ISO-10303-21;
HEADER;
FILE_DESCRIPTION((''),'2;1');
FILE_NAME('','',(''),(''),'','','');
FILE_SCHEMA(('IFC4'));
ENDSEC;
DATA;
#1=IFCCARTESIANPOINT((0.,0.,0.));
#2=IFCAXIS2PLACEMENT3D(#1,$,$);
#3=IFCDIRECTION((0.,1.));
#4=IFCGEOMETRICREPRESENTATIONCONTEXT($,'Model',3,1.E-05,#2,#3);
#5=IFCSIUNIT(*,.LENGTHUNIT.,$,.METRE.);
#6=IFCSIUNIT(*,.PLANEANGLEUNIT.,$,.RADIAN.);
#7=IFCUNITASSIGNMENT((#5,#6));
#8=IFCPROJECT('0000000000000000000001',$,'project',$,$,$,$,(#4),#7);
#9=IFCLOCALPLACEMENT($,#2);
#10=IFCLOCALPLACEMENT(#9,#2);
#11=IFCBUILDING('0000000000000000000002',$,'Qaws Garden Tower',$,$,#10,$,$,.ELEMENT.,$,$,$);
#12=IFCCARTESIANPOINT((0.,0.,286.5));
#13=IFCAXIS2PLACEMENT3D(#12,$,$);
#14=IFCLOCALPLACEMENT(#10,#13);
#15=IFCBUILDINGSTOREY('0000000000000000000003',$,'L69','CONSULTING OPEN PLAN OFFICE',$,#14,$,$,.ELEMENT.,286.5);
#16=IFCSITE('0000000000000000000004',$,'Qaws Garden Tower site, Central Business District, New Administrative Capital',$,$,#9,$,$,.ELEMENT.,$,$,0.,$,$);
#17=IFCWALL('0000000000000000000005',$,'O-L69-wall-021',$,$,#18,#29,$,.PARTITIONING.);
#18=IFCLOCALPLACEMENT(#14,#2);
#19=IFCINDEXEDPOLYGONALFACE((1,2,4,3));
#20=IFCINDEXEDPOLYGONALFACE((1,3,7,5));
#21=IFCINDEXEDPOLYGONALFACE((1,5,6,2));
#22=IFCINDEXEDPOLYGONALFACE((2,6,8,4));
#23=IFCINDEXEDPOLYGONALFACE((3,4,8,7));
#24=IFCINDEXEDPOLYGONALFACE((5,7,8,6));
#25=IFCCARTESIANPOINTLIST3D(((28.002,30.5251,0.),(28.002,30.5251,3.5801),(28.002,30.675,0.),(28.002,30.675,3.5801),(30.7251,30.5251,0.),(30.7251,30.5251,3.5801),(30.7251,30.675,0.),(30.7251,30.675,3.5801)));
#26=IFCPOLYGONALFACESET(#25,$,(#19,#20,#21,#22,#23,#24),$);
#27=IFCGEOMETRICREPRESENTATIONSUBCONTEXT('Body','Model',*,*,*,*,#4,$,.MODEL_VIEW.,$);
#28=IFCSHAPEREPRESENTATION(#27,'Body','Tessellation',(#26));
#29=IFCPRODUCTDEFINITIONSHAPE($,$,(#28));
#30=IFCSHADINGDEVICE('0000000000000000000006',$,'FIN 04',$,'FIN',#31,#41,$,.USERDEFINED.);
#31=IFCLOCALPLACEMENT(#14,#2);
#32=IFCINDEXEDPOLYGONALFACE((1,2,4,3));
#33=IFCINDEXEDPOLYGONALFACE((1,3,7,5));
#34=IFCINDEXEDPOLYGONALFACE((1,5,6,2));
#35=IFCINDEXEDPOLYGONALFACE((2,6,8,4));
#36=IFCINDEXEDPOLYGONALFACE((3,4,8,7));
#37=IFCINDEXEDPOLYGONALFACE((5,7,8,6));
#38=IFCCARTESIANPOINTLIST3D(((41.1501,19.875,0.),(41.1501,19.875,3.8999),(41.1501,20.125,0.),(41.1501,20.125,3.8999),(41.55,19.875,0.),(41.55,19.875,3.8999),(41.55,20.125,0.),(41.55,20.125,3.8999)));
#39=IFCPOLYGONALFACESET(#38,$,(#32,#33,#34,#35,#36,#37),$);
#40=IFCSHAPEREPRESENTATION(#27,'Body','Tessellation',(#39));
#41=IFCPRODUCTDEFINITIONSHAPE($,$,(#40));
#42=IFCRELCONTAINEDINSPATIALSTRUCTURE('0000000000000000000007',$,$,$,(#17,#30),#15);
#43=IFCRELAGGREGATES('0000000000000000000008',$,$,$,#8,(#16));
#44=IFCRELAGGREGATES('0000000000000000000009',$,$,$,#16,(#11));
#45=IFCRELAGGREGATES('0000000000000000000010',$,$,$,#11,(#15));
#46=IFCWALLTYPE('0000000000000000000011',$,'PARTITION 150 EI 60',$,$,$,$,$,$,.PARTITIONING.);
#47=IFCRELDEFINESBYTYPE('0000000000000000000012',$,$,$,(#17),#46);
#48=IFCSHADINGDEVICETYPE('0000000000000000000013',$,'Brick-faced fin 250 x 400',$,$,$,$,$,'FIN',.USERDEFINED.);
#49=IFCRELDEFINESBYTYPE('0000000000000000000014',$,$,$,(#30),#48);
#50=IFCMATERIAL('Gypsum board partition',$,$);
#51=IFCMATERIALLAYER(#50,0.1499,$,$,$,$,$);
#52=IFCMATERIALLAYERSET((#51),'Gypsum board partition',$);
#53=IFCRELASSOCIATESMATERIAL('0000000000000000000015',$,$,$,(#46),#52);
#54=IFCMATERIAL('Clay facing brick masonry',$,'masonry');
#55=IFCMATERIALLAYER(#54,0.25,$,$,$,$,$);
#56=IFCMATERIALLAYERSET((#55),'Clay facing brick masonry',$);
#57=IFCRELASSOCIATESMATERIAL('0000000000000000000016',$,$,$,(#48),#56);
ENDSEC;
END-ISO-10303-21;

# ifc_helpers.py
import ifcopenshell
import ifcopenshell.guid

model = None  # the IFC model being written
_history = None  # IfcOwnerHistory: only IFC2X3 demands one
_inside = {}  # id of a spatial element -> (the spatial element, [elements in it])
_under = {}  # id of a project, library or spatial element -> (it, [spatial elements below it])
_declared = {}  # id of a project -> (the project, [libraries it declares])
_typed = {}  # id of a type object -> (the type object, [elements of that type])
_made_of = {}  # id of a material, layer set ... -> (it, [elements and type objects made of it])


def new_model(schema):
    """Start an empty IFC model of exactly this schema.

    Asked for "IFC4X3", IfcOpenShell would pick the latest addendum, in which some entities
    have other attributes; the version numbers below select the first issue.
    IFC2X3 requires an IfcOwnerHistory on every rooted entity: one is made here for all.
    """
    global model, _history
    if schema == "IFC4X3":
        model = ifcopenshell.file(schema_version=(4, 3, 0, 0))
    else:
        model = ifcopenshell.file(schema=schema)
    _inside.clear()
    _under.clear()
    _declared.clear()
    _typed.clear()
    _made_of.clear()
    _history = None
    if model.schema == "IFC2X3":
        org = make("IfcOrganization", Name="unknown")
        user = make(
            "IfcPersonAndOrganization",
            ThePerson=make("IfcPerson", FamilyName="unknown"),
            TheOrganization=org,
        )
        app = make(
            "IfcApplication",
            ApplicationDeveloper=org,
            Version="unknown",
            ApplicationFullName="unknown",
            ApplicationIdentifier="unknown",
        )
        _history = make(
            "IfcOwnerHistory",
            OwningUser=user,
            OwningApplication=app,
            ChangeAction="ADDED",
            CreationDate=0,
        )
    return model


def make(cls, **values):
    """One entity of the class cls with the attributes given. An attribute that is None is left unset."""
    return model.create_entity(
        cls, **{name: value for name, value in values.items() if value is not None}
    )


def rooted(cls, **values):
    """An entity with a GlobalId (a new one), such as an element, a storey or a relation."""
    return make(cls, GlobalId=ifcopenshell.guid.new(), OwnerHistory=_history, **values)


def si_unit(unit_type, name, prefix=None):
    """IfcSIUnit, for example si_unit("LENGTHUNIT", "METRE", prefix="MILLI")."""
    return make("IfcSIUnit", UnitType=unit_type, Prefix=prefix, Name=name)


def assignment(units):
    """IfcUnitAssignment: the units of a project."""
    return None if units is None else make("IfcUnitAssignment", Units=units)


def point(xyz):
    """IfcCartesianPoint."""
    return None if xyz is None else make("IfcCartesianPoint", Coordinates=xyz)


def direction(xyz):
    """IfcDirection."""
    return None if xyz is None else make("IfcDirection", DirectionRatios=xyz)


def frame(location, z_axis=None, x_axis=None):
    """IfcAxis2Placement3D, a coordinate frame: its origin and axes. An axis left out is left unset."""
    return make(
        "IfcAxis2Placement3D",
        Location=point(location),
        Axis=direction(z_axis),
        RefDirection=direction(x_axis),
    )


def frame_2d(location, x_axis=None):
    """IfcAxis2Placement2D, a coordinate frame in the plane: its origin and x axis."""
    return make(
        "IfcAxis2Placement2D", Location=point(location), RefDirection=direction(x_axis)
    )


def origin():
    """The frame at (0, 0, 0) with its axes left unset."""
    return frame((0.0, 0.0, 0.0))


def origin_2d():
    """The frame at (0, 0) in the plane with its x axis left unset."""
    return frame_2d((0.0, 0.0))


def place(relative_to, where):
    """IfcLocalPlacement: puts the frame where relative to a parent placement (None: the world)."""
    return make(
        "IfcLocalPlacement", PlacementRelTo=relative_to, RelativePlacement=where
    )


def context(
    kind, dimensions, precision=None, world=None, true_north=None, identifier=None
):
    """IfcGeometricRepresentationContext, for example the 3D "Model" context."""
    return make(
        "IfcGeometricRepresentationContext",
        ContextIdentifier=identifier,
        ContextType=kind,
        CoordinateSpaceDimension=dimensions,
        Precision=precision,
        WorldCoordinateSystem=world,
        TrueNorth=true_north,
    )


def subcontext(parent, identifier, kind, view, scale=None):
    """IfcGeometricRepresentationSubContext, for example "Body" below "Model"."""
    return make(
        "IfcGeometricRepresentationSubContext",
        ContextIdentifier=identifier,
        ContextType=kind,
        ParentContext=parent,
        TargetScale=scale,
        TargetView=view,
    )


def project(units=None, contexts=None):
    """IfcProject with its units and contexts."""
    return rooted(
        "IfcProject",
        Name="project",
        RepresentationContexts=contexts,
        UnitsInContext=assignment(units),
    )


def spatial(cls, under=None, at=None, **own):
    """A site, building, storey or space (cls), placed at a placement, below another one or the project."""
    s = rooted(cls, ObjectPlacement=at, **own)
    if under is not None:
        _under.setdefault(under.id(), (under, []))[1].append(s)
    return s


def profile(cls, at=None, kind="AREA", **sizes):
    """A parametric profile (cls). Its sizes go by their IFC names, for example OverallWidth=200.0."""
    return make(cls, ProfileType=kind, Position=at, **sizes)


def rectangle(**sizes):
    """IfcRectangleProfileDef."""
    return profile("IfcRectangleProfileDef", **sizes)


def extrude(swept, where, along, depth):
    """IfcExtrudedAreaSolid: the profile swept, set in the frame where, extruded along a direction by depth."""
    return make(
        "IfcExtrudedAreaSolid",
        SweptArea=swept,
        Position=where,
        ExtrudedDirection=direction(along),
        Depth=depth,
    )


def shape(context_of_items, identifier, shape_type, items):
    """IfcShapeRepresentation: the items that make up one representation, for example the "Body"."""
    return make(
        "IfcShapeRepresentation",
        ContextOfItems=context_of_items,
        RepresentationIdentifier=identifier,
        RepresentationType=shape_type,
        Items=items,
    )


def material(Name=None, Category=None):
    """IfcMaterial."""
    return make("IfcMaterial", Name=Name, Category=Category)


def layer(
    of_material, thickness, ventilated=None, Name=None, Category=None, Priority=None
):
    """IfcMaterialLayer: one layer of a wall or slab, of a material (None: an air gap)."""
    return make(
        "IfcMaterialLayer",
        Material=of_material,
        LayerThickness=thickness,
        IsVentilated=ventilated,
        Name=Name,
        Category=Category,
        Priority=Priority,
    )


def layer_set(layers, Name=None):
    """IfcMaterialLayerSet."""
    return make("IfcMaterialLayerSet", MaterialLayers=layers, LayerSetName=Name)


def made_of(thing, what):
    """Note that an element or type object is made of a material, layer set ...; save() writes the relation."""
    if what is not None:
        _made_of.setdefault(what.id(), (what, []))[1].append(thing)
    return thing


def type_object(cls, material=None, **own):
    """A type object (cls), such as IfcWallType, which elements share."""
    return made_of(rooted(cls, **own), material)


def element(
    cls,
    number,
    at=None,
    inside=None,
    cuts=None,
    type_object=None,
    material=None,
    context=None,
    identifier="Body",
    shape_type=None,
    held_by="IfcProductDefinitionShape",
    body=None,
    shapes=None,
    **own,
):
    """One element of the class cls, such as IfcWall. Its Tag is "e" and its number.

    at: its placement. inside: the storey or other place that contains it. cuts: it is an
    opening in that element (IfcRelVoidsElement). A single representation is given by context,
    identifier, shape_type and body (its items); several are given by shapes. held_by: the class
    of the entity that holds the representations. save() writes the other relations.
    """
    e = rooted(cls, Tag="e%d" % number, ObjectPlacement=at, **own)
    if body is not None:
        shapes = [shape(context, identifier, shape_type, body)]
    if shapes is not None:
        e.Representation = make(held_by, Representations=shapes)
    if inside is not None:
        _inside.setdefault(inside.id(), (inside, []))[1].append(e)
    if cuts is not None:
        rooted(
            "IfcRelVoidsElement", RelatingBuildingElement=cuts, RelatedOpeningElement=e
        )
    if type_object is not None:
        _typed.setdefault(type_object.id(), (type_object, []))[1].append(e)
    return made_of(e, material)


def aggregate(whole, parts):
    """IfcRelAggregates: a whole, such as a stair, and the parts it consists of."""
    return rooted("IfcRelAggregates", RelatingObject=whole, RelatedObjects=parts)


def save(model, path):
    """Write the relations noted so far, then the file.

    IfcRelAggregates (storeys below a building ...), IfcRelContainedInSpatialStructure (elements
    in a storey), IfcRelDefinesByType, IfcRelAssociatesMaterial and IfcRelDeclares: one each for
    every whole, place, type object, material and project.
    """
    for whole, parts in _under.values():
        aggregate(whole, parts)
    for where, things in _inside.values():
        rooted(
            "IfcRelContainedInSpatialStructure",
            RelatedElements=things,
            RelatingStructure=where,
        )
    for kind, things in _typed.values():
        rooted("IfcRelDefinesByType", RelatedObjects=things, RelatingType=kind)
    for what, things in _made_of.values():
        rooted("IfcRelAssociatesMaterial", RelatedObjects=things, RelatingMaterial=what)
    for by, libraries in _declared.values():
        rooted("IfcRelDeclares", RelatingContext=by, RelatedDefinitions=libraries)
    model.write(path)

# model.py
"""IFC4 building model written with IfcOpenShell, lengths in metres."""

from ifc_helpers import new_model, si_unit, direction, frame, frame_2d, origin, origin_2d, place, context, subcontext, project, spatial, rectangle, extrude, material, layer, layer_set, type_object, element, save


model = new_model("IFC4")

# Units and contexts
model_context = context("Model", 3, precision=1e-05, world=origin(), true_north=direction((0.0, 1.0)))
body_context = subcontext(model_context, "Body", "Model", "MODEL_VIEW")
ifc_project = project(units=[si_unit("LENGTHUNIT", "METRE"), si_unit("PLANEANGLEUNIT", "RADIAN")], contexts=[model_context])

# Site, building, storey
site_placement = place(None, origin())
site = spatial("IfcSite", under=ifc_project, at=site_placement, Name="Qaws Garden Tower site, Central Business District, New Administrative Capital", CompositionType="ELEMENT", RefElevation=0.0)
building_placement = place(site_placement, origin())
building = spatial("IfcBuilding", under=site, at=building_placement, Name="Qaws Garden Tower", CompositionType="ELEMENT")
storey_placement = place(building_placement, frame((0.0, 0.0, 286.5)))
storey = spatial("IfcBuildingStorey", under=building, at=storey_placement, Name="L69", Description="CONSULTING OPEN PLAN OFFICE", CompositionType="ELEMENT", Elevation=286.5)

# Wall
ifc_material_1 = material(Name="Gypsum board partition")
ifc_layer_1 = layer(ifc_material_1, 0.1499)
ifc_layer_set_1 = layer_set([ifc_layer_1], Name="Gypsum board partition")
wall_type_1 = type_object("IfcWallType", Name="PARTITION 150 EI 60", PredefinedType="PARTITIONING", material=ifc_layer_set_1)
wall_1_placement = place(storey_placement, frame((28.002, 30.6001, 0.0), z_axis=(0.0, 0.0, 1.0), x_axis=(1.0, 0.0, 0.0)))
element("IfcWall", 1, at=wall_1_placement, inside=storey, type_object=wall_type_1, Name="O-L69-wall-021", PredefinedType="PARTITIONING", context=body_context, shape_type="SweptSolid", body=[
    extrude(rectangle(XDim=2.7231, YDim=0.1499, at=frame_2d((1.3616, 0.0))), origin(), (0.0, 0.0, 1.0), 3.5801),
])

# Shading device
ifc_material_2 = material(Name="Clay facing brick masonry", Category="masonry")
ifc_layer_2 = layer(ifc_material_2, 0.25)
ifc_layer_set_2 = layer_set([ifc_layer_2], Name="Clay facing brick masonry")
shading_device_type = type_object("IfcShadingDeviceType", Name="Brick-faced fin 250 x 400", ElementType="FIN", PredefinedType="USERDEFINED", material=ifc_layer_set_2)
shading_device_placement = place(storey_placement, frame((41.3501, 20.0, 0.0), z_axis=(0.0, 0.0, 1.0), x_axis=(0.0, 1.0, 0.0)))
element("IfcShadingDevice", 2, at=shading_device_placement, inside=storey, type_object=shading_device_type, Name="FIN 04", ObjectType="FIN", PredefinedType="USERDEFINED", context=body_context, shape_type="SweptSolid", body=[
    extrude(rectangle(XDim=0.25, YDim=0.3999, at=origin_2d()), origin(), (0.0, 0.0, 1.0), 3.8999),
])

save(model, "model.ifc")
